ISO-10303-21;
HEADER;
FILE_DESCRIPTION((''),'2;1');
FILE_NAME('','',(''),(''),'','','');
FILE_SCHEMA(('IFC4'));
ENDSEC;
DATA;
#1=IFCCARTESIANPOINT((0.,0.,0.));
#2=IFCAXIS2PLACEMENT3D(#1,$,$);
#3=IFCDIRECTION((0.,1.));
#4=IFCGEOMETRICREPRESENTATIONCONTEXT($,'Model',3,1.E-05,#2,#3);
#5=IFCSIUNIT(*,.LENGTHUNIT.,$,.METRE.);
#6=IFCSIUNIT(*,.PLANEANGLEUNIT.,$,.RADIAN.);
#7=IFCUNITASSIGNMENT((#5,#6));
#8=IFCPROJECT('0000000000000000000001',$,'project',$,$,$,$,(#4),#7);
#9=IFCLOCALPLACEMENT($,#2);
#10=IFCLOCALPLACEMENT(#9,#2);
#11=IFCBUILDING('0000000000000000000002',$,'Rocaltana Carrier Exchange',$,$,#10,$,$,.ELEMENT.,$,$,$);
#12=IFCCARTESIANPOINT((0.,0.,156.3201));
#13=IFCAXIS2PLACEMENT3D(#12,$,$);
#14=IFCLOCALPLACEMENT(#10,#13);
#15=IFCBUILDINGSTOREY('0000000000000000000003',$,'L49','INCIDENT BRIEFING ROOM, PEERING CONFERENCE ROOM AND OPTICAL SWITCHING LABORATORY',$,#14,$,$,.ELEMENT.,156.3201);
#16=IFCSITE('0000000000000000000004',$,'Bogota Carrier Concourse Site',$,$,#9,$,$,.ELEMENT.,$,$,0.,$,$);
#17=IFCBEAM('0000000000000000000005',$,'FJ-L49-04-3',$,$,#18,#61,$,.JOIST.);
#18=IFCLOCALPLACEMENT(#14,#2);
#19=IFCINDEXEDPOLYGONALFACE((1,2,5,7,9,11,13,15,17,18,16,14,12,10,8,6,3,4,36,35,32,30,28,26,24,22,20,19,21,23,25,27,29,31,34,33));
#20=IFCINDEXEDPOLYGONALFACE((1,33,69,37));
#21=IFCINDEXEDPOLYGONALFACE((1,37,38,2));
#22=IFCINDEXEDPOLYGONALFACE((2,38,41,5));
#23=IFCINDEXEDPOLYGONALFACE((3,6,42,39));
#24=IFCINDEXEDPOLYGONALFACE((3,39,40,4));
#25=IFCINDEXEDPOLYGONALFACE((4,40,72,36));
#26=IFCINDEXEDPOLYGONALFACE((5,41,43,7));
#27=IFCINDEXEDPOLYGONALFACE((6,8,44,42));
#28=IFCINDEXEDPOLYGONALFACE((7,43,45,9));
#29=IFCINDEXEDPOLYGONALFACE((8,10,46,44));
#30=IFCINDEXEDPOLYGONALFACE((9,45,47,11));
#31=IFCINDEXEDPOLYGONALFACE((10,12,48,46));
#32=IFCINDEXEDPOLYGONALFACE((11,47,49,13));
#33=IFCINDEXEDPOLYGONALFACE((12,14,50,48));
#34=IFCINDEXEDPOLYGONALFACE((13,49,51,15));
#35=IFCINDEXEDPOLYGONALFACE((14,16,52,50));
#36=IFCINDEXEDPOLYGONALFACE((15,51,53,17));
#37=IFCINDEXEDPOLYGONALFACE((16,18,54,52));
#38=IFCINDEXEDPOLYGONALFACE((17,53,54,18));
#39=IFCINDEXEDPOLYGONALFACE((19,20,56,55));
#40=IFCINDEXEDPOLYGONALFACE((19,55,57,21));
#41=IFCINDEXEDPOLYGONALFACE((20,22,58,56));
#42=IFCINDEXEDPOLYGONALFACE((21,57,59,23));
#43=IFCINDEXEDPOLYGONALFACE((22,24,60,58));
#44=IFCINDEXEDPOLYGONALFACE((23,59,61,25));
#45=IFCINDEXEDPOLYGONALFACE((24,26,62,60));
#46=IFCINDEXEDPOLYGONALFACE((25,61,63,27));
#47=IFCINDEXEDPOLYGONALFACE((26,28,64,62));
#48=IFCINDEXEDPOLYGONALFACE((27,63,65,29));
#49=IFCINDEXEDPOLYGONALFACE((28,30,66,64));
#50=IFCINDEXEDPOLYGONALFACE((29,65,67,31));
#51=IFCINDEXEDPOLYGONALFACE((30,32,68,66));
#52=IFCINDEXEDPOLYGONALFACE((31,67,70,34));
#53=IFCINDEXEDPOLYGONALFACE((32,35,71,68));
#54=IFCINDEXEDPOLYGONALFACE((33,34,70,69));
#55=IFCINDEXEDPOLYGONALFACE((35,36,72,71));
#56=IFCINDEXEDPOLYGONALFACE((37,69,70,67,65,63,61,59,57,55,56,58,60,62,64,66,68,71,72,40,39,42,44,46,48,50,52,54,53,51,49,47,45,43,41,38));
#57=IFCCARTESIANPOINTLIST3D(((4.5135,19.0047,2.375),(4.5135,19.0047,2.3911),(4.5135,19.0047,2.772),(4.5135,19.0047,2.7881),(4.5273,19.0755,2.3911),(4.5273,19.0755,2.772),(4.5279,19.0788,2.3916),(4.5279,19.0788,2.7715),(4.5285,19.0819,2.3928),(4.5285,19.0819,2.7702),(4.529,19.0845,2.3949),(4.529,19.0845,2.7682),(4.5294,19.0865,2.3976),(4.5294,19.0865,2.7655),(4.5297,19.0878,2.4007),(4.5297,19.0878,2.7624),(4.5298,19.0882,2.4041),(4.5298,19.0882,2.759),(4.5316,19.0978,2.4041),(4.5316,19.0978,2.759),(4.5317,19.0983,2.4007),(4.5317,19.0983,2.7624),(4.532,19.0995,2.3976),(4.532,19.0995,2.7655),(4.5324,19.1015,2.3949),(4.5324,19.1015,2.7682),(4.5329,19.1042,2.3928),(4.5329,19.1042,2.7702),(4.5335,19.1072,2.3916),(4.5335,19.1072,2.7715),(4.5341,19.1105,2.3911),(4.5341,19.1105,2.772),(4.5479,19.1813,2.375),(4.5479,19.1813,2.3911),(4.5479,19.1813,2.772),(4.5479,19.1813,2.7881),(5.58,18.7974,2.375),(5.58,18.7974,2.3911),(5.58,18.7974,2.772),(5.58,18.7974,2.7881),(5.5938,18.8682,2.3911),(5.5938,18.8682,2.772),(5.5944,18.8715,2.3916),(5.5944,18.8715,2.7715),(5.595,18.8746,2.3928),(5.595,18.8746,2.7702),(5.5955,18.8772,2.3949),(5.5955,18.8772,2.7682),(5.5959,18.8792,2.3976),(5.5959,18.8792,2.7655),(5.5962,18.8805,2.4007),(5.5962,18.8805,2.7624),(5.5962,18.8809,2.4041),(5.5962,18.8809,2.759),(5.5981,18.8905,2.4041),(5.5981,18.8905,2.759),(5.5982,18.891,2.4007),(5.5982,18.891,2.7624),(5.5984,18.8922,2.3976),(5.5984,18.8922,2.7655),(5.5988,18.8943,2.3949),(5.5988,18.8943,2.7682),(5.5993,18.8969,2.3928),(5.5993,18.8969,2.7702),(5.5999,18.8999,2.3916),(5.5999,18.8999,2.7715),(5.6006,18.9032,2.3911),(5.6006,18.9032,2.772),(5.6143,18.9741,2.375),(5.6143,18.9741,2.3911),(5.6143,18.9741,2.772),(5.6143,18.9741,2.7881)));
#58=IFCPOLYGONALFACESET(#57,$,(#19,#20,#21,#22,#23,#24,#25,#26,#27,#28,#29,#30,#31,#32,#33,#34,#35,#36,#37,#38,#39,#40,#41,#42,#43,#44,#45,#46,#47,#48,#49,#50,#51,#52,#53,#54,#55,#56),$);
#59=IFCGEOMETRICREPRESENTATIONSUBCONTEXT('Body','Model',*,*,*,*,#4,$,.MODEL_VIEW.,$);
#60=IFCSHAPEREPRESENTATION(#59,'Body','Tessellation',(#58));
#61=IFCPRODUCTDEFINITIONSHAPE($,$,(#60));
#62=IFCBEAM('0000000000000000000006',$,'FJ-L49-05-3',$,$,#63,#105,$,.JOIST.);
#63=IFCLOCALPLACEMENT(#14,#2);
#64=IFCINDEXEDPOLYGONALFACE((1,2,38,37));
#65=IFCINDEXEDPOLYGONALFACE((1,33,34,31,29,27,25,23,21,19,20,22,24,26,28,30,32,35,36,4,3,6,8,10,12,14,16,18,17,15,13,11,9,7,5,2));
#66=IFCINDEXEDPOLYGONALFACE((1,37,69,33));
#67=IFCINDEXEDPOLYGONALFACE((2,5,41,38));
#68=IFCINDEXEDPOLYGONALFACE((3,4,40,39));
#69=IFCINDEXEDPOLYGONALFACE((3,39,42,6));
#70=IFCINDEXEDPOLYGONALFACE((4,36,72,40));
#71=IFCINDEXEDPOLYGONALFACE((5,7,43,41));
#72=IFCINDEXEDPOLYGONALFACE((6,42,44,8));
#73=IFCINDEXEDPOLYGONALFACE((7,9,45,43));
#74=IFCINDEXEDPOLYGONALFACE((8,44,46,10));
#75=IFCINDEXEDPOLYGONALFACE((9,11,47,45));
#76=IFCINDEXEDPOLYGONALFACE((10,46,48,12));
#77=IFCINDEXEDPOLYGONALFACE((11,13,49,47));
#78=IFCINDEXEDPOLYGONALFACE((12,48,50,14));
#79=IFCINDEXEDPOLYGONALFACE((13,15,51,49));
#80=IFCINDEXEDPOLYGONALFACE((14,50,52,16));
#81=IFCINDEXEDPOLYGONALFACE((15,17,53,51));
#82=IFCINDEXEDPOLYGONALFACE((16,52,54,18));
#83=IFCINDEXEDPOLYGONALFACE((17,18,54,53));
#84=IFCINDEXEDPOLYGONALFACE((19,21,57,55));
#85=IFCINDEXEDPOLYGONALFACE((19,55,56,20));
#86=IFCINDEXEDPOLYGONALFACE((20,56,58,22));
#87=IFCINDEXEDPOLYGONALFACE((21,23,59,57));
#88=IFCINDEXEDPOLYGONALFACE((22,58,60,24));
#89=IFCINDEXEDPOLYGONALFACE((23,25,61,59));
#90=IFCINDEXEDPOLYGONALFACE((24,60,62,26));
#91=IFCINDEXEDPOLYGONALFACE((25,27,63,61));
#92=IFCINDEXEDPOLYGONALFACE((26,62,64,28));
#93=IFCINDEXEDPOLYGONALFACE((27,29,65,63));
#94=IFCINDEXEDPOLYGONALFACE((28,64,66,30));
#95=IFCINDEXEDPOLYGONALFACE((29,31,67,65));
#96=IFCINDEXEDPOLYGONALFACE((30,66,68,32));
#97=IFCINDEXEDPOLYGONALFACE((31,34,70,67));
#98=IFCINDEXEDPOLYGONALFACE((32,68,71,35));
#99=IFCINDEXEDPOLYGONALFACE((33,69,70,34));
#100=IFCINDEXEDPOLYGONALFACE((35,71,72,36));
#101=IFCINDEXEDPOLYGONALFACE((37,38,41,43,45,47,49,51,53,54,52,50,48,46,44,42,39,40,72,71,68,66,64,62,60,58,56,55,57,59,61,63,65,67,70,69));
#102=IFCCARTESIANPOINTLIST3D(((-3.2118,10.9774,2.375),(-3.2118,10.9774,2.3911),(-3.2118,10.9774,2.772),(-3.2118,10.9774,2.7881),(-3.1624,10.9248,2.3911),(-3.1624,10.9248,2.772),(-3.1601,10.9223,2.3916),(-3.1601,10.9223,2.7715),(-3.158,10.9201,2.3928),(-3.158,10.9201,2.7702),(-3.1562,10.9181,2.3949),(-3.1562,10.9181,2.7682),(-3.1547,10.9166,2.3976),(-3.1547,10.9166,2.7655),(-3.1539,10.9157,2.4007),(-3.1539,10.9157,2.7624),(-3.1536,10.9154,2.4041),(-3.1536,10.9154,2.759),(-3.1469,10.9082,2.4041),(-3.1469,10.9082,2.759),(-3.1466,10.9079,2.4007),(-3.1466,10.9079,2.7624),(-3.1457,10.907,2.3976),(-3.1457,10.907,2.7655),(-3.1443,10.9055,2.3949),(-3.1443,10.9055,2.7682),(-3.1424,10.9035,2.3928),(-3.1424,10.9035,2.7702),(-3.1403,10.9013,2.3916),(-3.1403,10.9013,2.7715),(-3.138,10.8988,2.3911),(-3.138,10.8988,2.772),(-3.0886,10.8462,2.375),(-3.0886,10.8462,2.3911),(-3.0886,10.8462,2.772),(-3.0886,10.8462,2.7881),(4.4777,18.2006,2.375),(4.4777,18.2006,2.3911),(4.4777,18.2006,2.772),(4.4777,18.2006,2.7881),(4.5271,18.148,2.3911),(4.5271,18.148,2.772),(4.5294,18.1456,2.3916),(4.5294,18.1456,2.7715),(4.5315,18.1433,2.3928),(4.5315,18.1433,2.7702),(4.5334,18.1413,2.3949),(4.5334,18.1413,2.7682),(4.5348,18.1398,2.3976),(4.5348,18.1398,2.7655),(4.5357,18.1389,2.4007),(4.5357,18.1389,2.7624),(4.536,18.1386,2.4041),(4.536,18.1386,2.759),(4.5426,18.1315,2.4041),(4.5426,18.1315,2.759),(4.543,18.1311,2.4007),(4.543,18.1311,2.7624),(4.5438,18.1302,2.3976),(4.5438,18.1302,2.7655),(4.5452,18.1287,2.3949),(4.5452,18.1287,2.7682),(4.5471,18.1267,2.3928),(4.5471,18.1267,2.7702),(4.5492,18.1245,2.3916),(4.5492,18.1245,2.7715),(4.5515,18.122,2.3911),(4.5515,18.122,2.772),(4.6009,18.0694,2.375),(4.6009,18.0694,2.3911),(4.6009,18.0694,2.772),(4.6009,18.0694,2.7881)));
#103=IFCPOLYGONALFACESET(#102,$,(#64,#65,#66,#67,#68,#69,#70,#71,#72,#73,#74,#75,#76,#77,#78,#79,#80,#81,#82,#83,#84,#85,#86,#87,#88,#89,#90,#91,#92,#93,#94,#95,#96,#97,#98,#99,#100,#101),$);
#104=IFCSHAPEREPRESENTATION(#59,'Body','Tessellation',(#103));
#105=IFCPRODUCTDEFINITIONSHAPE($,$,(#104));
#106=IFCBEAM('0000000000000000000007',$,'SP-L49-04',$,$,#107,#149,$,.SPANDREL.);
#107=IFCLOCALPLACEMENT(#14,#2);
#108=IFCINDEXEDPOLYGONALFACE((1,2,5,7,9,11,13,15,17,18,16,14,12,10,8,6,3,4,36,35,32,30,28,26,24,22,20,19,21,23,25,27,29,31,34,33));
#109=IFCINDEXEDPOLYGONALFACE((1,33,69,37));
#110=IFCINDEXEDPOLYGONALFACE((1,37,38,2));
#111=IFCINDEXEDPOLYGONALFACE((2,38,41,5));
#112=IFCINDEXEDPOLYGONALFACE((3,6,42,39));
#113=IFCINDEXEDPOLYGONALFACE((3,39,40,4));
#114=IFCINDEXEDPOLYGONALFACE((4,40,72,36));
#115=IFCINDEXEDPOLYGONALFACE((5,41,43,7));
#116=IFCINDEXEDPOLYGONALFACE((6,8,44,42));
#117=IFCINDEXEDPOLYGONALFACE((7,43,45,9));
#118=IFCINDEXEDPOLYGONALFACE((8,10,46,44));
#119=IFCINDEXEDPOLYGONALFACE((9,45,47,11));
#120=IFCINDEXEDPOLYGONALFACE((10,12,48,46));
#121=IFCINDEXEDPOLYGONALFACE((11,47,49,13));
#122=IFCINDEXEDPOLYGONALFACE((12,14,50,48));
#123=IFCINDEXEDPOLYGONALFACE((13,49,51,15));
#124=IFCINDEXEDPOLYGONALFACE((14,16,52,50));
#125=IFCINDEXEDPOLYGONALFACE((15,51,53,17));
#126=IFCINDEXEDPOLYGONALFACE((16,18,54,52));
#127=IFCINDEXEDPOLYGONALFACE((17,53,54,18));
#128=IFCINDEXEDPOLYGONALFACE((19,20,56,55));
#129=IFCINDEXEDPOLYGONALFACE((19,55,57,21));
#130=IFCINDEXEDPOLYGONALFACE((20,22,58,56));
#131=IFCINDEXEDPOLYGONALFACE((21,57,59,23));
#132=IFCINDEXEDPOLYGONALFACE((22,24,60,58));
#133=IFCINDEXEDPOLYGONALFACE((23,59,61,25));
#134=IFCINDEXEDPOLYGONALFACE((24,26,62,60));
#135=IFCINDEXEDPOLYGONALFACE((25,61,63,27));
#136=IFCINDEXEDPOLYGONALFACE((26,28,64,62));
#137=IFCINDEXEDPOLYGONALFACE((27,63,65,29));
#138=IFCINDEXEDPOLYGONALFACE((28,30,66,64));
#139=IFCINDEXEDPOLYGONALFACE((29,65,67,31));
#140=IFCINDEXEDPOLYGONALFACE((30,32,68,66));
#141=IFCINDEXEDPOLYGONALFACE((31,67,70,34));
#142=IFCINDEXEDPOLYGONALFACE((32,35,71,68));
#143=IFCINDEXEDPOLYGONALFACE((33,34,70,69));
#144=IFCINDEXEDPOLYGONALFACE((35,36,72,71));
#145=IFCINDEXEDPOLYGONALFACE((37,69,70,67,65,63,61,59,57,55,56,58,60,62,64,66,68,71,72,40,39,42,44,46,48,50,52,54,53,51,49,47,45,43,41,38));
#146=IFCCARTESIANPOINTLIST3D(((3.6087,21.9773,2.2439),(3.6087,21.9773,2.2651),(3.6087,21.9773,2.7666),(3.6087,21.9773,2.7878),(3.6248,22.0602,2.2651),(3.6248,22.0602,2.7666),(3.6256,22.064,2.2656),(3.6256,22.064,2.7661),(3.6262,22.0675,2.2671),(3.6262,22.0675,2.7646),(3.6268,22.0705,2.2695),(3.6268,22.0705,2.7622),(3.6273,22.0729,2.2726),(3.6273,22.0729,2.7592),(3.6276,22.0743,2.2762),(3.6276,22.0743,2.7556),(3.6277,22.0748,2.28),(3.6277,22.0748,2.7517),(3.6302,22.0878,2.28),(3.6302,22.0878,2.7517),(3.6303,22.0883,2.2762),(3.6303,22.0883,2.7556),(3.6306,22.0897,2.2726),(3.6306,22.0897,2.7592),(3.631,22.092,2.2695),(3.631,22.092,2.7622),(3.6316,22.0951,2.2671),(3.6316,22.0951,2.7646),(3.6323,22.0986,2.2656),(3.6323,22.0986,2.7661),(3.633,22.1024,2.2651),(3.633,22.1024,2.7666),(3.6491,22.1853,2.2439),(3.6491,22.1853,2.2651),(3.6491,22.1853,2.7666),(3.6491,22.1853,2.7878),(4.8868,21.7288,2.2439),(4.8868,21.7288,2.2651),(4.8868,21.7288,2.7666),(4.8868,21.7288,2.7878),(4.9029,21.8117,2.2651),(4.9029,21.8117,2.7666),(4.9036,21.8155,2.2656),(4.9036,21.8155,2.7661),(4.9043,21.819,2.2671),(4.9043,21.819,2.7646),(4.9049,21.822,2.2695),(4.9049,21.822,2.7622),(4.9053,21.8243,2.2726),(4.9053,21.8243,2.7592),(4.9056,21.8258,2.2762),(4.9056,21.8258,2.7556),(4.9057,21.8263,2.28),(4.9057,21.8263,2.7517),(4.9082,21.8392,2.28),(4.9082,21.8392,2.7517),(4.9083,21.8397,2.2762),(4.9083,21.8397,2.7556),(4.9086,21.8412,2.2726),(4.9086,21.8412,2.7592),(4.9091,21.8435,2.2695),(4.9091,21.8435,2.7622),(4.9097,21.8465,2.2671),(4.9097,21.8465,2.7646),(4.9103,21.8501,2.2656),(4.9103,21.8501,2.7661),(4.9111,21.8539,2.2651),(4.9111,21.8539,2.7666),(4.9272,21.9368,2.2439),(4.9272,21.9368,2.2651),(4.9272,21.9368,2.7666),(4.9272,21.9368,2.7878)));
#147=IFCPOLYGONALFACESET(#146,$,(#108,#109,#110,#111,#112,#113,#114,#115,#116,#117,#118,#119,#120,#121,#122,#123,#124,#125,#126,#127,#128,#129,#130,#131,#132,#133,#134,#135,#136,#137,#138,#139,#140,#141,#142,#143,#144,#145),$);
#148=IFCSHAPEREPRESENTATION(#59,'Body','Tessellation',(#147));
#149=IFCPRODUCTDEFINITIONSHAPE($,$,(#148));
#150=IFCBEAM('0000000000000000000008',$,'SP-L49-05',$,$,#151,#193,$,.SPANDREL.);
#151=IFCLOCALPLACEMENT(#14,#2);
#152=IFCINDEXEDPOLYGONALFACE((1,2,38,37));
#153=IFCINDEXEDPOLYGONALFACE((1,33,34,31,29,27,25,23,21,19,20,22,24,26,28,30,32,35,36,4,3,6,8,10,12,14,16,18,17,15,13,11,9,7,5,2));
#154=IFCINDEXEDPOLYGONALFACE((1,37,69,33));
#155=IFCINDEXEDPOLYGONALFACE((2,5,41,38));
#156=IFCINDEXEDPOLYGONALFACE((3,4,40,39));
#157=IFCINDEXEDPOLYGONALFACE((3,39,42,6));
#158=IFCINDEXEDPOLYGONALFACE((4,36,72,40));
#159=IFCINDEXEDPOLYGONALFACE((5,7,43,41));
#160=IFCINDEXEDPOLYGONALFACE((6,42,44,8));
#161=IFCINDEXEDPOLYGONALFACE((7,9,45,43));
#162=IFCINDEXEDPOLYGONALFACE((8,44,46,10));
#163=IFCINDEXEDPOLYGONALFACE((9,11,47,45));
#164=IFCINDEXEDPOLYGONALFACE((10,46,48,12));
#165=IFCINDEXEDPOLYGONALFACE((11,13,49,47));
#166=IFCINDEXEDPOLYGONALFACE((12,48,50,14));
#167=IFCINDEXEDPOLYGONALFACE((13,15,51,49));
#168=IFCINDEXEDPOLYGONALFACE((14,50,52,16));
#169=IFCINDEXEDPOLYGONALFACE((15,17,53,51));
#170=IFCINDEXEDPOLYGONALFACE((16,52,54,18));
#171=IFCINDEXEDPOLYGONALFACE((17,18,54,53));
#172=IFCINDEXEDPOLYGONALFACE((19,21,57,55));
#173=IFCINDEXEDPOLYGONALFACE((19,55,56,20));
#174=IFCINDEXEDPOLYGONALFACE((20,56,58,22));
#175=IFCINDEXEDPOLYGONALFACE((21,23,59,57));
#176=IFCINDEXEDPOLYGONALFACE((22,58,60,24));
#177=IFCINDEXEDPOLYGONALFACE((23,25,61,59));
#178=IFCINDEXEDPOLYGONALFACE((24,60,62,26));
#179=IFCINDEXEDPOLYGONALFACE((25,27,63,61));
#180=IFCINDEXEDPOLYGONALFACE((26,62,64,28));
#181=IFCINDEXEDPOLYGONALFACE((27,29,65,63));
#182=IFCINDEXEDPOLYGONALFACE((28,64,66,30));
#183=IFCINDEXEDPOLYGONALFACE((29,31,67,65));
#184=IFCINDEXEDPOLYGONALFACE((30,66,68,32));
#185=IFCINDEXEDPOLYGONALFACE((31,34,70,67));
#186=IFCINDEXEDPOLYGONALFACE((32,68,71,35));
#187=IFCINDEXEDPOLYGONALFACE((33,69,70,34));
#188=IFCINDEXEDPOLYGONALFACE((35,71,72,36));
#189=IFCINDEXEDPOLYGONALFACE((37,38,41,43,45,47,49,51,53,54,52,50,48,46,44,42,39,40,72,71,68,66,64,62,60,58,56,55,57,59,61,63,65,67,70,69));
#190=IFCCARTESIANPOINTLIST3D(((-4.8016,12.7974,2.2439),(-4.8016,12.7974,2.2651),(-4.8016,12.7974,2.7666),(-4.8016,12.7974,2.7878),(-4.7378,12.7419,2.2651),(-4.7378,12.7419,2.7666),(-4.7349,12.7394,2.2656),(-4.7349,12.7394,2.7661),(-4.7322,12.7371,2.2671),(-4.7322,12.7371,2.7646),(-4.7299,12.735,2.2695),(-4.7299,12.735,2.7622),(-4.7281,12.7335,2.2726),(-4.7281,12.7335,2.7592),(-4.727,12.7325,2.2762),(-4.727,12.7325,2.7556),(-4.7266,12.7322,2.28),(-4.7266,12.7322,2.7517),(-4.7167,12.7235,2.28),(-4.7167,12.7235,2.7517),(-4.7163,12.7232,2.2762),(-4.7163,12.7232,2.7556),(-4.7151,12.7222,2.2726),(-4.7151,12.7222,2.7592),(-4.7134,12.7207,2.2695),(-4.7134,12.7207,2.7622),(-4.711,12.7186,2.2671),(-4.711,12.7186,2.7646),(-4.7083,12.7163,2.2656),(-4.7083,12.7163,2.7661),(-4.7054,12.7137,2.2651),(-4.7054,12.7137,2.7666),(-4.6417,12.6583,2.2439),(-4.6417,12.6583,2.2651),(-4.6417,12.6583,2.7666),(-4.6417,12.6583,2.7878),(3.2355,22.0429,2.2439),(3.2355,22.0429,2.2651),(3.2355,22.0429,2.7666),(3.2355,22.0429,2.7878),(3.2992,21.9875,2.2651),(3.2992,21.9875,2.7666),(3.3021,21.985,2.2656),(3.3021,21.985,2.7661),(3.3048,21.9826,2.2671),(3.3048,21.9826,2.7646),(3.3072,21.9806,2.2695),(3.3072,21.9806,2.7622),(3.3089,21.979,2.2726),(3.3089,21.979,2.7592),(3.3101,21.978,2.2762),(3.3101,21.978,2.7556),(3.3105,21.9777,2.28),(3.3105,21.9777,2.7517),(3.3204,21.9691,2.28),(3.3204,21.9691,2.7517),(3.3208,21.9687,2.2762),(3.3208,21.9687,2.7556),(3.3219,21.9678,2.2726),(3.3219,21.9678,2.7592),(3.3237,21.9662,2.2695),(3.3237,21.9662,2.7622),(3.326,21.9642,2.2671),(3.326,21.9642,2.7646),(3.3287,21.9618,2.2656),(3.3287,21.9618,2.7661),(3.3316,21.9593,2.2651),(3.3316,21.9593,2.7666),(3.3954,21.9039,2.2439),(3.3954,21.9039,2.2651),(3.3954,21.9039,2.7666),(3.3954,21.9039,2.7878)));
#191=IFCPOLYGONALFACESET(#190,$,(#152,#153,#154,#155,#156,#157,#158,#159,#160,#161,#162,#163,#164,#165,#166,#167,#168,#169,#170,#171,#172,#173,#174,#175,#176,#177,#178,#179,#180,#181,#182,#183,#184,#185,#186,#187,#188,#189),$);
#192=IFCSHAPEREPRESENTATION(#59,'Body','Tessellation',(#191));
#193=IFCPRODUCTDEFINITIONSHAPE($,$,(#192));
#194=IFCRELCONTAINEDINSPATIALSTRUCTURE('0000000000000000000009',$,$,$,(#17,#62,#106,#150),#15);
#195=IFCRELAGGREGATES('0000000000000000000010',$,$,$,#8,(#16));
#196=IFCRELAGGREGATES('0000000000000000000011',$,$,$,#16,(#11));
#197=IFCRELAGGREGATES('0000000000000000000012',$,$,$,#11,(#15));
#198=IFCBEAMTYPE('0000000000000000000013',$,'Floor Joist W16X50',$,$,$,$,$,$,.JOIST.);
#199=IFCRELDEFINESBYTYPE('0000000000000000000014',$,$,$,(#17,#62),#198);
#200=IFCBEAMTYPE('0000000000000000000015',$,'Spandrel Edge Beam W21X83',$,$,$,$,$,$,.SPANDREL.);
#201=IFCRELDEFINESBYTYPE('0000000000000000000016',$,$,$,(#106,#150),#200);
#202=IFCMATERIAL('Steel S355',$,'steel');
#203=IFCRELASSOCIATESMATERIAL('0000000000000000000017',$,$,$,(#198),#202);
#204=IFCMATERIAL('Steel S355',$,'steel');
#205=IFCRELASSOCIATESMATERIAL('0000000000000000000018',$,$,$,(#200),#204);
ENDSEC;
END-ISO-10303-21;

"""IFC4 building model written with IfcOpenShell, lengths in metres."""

from ifc_helpers import new_model, si_unit, direction, frame, origin, origin_2d, place, context, subcontext, project, spatial, i_section, extrude, material, material_profile, profile_set, type_object, element, save


model = new_model("IFC4")

# Units and contexts
model_context = context("Model", 3, precision=1e-05, world=origin(), true_north=direction((0.0, 1.0)))
body_context = subcontext(model_context, "Body", "Model", "MODEL_VIEW")
ifc_project = project(units=[si_unit("LENGTHUNIT", "METRE"), si_unit("PLANEANGLEUNIT", "RADIAN")], contexts=[model_context])

# Site, building, storey
site_placement = place(None, origin())
site = spatial("IfcSite", under=ifc_project, at=site_placement, Name="Bogota Carrier Concourse Site", CompositionType="ELEMENT", RefElevation=0.0)
building_placement = place(site_placement, origin())
building = spatial("IfcBuilding", under=site, at=building_placement, Name="Rocaltana Carrier Exchange", CompositionType="ELEMENT")
storey_placement = place(building_placement, frame((0.0, 0.0, 156.3201)))
storey = spatial("IfcBuildingStorey", under=building, at=storey_placement, Name="L49", Description="INCIDENT BRIEFING ROOM, PEERING CONFERENCE ROOM AND OPTICAL SWITCHING LABORATORY", CompositionType="ELEMENT", Elevation=156.3201)

# Beams
ifc_material_1 = material(Name="Steel S355", Category="steel")
ifc_material_profile_1 = material_profile(ifc_material_1, i_section(OverallWidth=0.1799, OverallDepth=0.4131, WebThickness=0.0098, FlangeThickness=0.0161, FilletRadius=0.0129, at=origin_2d()), Name="W16X50")
ifc_profile_set_1 = profile_set([ifc_material_profile_1], Name="Steel S355")
beam_type_1 = type_object("IfcBeamType", Name="Floor Joist W16X50", PredefinedType="JOIST", material=ifc_profile_set_1)
beam_1_placement = place(storey_placement, frame((5.5972, 18.8857, 2.5815), z_axis=(-0.981629, 0.190797, 0.0), x_axis=(-0.190797, -0.981629, 0.0)))
element("IfcBeam", 1, at=beam_1_placement, inside=storey, type_object=beam_type_1, Name="FJ-L49-04-3", PredefinedType="JOIST", context=body_context, shape_type="SweptSolid", body=[
    extrude(i_section(OverallWidth=0.1799, OverallDepth=0.4131, WebThickness=0.0098, FlangeThickness=0.0161, FilletRadius=0.0129, at=origin_2d()), origin(), (0.0, 0.0, 1.0), 1.0864),
])
beam_2_placement = place(storey_placement, frame((4.5393, 18.135, 2.5815), z_axis=(-0.728861, -0.684661, 0.0), x_axis=(0.684661, -0.728861, 0.0)))
element("IfcBeam", 2, at=beam_2_placement, inside=storey, type_object=beam_type_1, Name="FJ-L49-05-3", PredefinedType="JOIST", context=body_context, shape_type="SweptSolid", body=[
    extrude(i_section(OverallWidth=0.1799, OverallDepth=0.4131, WebThickness=0.0098, FlangeThickness=0.0161, FilletRadius=0.0129, at=origin_2d()), origin(), (0.0, 0.0, 1.0), 10.55),
])
ifc_material_2 = material(Name="Steel S355", Category="steel")
ifc_material_profile_2 = material_profile(ifc_material_2, i_section(OverallWidth=0.2119, OverallDepth=0.5439, WebThickness=0.0132, FlangeThickness=0.0212, FilletRadius=0.0149, at=origin_2d()), Name="W21X83")
ifc_profile_set_2 = profile_set([ifc_material_profile_2], Name="Steel S355")
beam_type_2 = type_object("IfcBeamType", Name="Spandrel Edge Beam W21X83", PredefinedType="SPANDREL", material=ifc_profile_set_2)
beam_3_placement = place(storey_placement, frame((4.907, 21.8328, 2.5159), z_axis=(-0.981612, 0.190885, 0.0), x_axis=(-0.190885, -0.981612, 0.0)))
element("IfcBeam", 3, at=beam_3_placement, inside=storey, type_object=beam_type_2, Name="SP-L49-04", PredefinedType="SPANDREL", context=body_context, shape_type="SweptSolid", body=[
    extrude(i_section(OverallWidth=0.2119, OverallDepth=0.5439, WebThickness=0.0132, FlangeThickness=0.0212, FilletRadius=0.0149, at=origin_2d()), origin(), (0.0, 0.0, 1.0), 1.302),
])
beam_4_placement = place(storey_placement, frame((3.3154, 21.9734, 2.5159), z_axis=(-0.65606, -0.754708, 0.0), x_axis=(0.754708, -0.65606, 0.0)))
element("IfcBeam", 4, at=beam_4_placement, inside=storey, type_object=beam_type_2, Name="SP-L49-05", PredefinedType="SPANDREL", context=body_context, shape_type="SweptSolid", body=[
    extrude(i_section(OverallWidth=0.2119, OverallDepth=0.5439, WebThickness=0.0132, FlangeThickness=0.0212, FilletRadius=0.0149, at=origin_2d()), origin(), (0.0, 0.0, 1.0), 12.2505),
])

save(model, "model.ifc")
